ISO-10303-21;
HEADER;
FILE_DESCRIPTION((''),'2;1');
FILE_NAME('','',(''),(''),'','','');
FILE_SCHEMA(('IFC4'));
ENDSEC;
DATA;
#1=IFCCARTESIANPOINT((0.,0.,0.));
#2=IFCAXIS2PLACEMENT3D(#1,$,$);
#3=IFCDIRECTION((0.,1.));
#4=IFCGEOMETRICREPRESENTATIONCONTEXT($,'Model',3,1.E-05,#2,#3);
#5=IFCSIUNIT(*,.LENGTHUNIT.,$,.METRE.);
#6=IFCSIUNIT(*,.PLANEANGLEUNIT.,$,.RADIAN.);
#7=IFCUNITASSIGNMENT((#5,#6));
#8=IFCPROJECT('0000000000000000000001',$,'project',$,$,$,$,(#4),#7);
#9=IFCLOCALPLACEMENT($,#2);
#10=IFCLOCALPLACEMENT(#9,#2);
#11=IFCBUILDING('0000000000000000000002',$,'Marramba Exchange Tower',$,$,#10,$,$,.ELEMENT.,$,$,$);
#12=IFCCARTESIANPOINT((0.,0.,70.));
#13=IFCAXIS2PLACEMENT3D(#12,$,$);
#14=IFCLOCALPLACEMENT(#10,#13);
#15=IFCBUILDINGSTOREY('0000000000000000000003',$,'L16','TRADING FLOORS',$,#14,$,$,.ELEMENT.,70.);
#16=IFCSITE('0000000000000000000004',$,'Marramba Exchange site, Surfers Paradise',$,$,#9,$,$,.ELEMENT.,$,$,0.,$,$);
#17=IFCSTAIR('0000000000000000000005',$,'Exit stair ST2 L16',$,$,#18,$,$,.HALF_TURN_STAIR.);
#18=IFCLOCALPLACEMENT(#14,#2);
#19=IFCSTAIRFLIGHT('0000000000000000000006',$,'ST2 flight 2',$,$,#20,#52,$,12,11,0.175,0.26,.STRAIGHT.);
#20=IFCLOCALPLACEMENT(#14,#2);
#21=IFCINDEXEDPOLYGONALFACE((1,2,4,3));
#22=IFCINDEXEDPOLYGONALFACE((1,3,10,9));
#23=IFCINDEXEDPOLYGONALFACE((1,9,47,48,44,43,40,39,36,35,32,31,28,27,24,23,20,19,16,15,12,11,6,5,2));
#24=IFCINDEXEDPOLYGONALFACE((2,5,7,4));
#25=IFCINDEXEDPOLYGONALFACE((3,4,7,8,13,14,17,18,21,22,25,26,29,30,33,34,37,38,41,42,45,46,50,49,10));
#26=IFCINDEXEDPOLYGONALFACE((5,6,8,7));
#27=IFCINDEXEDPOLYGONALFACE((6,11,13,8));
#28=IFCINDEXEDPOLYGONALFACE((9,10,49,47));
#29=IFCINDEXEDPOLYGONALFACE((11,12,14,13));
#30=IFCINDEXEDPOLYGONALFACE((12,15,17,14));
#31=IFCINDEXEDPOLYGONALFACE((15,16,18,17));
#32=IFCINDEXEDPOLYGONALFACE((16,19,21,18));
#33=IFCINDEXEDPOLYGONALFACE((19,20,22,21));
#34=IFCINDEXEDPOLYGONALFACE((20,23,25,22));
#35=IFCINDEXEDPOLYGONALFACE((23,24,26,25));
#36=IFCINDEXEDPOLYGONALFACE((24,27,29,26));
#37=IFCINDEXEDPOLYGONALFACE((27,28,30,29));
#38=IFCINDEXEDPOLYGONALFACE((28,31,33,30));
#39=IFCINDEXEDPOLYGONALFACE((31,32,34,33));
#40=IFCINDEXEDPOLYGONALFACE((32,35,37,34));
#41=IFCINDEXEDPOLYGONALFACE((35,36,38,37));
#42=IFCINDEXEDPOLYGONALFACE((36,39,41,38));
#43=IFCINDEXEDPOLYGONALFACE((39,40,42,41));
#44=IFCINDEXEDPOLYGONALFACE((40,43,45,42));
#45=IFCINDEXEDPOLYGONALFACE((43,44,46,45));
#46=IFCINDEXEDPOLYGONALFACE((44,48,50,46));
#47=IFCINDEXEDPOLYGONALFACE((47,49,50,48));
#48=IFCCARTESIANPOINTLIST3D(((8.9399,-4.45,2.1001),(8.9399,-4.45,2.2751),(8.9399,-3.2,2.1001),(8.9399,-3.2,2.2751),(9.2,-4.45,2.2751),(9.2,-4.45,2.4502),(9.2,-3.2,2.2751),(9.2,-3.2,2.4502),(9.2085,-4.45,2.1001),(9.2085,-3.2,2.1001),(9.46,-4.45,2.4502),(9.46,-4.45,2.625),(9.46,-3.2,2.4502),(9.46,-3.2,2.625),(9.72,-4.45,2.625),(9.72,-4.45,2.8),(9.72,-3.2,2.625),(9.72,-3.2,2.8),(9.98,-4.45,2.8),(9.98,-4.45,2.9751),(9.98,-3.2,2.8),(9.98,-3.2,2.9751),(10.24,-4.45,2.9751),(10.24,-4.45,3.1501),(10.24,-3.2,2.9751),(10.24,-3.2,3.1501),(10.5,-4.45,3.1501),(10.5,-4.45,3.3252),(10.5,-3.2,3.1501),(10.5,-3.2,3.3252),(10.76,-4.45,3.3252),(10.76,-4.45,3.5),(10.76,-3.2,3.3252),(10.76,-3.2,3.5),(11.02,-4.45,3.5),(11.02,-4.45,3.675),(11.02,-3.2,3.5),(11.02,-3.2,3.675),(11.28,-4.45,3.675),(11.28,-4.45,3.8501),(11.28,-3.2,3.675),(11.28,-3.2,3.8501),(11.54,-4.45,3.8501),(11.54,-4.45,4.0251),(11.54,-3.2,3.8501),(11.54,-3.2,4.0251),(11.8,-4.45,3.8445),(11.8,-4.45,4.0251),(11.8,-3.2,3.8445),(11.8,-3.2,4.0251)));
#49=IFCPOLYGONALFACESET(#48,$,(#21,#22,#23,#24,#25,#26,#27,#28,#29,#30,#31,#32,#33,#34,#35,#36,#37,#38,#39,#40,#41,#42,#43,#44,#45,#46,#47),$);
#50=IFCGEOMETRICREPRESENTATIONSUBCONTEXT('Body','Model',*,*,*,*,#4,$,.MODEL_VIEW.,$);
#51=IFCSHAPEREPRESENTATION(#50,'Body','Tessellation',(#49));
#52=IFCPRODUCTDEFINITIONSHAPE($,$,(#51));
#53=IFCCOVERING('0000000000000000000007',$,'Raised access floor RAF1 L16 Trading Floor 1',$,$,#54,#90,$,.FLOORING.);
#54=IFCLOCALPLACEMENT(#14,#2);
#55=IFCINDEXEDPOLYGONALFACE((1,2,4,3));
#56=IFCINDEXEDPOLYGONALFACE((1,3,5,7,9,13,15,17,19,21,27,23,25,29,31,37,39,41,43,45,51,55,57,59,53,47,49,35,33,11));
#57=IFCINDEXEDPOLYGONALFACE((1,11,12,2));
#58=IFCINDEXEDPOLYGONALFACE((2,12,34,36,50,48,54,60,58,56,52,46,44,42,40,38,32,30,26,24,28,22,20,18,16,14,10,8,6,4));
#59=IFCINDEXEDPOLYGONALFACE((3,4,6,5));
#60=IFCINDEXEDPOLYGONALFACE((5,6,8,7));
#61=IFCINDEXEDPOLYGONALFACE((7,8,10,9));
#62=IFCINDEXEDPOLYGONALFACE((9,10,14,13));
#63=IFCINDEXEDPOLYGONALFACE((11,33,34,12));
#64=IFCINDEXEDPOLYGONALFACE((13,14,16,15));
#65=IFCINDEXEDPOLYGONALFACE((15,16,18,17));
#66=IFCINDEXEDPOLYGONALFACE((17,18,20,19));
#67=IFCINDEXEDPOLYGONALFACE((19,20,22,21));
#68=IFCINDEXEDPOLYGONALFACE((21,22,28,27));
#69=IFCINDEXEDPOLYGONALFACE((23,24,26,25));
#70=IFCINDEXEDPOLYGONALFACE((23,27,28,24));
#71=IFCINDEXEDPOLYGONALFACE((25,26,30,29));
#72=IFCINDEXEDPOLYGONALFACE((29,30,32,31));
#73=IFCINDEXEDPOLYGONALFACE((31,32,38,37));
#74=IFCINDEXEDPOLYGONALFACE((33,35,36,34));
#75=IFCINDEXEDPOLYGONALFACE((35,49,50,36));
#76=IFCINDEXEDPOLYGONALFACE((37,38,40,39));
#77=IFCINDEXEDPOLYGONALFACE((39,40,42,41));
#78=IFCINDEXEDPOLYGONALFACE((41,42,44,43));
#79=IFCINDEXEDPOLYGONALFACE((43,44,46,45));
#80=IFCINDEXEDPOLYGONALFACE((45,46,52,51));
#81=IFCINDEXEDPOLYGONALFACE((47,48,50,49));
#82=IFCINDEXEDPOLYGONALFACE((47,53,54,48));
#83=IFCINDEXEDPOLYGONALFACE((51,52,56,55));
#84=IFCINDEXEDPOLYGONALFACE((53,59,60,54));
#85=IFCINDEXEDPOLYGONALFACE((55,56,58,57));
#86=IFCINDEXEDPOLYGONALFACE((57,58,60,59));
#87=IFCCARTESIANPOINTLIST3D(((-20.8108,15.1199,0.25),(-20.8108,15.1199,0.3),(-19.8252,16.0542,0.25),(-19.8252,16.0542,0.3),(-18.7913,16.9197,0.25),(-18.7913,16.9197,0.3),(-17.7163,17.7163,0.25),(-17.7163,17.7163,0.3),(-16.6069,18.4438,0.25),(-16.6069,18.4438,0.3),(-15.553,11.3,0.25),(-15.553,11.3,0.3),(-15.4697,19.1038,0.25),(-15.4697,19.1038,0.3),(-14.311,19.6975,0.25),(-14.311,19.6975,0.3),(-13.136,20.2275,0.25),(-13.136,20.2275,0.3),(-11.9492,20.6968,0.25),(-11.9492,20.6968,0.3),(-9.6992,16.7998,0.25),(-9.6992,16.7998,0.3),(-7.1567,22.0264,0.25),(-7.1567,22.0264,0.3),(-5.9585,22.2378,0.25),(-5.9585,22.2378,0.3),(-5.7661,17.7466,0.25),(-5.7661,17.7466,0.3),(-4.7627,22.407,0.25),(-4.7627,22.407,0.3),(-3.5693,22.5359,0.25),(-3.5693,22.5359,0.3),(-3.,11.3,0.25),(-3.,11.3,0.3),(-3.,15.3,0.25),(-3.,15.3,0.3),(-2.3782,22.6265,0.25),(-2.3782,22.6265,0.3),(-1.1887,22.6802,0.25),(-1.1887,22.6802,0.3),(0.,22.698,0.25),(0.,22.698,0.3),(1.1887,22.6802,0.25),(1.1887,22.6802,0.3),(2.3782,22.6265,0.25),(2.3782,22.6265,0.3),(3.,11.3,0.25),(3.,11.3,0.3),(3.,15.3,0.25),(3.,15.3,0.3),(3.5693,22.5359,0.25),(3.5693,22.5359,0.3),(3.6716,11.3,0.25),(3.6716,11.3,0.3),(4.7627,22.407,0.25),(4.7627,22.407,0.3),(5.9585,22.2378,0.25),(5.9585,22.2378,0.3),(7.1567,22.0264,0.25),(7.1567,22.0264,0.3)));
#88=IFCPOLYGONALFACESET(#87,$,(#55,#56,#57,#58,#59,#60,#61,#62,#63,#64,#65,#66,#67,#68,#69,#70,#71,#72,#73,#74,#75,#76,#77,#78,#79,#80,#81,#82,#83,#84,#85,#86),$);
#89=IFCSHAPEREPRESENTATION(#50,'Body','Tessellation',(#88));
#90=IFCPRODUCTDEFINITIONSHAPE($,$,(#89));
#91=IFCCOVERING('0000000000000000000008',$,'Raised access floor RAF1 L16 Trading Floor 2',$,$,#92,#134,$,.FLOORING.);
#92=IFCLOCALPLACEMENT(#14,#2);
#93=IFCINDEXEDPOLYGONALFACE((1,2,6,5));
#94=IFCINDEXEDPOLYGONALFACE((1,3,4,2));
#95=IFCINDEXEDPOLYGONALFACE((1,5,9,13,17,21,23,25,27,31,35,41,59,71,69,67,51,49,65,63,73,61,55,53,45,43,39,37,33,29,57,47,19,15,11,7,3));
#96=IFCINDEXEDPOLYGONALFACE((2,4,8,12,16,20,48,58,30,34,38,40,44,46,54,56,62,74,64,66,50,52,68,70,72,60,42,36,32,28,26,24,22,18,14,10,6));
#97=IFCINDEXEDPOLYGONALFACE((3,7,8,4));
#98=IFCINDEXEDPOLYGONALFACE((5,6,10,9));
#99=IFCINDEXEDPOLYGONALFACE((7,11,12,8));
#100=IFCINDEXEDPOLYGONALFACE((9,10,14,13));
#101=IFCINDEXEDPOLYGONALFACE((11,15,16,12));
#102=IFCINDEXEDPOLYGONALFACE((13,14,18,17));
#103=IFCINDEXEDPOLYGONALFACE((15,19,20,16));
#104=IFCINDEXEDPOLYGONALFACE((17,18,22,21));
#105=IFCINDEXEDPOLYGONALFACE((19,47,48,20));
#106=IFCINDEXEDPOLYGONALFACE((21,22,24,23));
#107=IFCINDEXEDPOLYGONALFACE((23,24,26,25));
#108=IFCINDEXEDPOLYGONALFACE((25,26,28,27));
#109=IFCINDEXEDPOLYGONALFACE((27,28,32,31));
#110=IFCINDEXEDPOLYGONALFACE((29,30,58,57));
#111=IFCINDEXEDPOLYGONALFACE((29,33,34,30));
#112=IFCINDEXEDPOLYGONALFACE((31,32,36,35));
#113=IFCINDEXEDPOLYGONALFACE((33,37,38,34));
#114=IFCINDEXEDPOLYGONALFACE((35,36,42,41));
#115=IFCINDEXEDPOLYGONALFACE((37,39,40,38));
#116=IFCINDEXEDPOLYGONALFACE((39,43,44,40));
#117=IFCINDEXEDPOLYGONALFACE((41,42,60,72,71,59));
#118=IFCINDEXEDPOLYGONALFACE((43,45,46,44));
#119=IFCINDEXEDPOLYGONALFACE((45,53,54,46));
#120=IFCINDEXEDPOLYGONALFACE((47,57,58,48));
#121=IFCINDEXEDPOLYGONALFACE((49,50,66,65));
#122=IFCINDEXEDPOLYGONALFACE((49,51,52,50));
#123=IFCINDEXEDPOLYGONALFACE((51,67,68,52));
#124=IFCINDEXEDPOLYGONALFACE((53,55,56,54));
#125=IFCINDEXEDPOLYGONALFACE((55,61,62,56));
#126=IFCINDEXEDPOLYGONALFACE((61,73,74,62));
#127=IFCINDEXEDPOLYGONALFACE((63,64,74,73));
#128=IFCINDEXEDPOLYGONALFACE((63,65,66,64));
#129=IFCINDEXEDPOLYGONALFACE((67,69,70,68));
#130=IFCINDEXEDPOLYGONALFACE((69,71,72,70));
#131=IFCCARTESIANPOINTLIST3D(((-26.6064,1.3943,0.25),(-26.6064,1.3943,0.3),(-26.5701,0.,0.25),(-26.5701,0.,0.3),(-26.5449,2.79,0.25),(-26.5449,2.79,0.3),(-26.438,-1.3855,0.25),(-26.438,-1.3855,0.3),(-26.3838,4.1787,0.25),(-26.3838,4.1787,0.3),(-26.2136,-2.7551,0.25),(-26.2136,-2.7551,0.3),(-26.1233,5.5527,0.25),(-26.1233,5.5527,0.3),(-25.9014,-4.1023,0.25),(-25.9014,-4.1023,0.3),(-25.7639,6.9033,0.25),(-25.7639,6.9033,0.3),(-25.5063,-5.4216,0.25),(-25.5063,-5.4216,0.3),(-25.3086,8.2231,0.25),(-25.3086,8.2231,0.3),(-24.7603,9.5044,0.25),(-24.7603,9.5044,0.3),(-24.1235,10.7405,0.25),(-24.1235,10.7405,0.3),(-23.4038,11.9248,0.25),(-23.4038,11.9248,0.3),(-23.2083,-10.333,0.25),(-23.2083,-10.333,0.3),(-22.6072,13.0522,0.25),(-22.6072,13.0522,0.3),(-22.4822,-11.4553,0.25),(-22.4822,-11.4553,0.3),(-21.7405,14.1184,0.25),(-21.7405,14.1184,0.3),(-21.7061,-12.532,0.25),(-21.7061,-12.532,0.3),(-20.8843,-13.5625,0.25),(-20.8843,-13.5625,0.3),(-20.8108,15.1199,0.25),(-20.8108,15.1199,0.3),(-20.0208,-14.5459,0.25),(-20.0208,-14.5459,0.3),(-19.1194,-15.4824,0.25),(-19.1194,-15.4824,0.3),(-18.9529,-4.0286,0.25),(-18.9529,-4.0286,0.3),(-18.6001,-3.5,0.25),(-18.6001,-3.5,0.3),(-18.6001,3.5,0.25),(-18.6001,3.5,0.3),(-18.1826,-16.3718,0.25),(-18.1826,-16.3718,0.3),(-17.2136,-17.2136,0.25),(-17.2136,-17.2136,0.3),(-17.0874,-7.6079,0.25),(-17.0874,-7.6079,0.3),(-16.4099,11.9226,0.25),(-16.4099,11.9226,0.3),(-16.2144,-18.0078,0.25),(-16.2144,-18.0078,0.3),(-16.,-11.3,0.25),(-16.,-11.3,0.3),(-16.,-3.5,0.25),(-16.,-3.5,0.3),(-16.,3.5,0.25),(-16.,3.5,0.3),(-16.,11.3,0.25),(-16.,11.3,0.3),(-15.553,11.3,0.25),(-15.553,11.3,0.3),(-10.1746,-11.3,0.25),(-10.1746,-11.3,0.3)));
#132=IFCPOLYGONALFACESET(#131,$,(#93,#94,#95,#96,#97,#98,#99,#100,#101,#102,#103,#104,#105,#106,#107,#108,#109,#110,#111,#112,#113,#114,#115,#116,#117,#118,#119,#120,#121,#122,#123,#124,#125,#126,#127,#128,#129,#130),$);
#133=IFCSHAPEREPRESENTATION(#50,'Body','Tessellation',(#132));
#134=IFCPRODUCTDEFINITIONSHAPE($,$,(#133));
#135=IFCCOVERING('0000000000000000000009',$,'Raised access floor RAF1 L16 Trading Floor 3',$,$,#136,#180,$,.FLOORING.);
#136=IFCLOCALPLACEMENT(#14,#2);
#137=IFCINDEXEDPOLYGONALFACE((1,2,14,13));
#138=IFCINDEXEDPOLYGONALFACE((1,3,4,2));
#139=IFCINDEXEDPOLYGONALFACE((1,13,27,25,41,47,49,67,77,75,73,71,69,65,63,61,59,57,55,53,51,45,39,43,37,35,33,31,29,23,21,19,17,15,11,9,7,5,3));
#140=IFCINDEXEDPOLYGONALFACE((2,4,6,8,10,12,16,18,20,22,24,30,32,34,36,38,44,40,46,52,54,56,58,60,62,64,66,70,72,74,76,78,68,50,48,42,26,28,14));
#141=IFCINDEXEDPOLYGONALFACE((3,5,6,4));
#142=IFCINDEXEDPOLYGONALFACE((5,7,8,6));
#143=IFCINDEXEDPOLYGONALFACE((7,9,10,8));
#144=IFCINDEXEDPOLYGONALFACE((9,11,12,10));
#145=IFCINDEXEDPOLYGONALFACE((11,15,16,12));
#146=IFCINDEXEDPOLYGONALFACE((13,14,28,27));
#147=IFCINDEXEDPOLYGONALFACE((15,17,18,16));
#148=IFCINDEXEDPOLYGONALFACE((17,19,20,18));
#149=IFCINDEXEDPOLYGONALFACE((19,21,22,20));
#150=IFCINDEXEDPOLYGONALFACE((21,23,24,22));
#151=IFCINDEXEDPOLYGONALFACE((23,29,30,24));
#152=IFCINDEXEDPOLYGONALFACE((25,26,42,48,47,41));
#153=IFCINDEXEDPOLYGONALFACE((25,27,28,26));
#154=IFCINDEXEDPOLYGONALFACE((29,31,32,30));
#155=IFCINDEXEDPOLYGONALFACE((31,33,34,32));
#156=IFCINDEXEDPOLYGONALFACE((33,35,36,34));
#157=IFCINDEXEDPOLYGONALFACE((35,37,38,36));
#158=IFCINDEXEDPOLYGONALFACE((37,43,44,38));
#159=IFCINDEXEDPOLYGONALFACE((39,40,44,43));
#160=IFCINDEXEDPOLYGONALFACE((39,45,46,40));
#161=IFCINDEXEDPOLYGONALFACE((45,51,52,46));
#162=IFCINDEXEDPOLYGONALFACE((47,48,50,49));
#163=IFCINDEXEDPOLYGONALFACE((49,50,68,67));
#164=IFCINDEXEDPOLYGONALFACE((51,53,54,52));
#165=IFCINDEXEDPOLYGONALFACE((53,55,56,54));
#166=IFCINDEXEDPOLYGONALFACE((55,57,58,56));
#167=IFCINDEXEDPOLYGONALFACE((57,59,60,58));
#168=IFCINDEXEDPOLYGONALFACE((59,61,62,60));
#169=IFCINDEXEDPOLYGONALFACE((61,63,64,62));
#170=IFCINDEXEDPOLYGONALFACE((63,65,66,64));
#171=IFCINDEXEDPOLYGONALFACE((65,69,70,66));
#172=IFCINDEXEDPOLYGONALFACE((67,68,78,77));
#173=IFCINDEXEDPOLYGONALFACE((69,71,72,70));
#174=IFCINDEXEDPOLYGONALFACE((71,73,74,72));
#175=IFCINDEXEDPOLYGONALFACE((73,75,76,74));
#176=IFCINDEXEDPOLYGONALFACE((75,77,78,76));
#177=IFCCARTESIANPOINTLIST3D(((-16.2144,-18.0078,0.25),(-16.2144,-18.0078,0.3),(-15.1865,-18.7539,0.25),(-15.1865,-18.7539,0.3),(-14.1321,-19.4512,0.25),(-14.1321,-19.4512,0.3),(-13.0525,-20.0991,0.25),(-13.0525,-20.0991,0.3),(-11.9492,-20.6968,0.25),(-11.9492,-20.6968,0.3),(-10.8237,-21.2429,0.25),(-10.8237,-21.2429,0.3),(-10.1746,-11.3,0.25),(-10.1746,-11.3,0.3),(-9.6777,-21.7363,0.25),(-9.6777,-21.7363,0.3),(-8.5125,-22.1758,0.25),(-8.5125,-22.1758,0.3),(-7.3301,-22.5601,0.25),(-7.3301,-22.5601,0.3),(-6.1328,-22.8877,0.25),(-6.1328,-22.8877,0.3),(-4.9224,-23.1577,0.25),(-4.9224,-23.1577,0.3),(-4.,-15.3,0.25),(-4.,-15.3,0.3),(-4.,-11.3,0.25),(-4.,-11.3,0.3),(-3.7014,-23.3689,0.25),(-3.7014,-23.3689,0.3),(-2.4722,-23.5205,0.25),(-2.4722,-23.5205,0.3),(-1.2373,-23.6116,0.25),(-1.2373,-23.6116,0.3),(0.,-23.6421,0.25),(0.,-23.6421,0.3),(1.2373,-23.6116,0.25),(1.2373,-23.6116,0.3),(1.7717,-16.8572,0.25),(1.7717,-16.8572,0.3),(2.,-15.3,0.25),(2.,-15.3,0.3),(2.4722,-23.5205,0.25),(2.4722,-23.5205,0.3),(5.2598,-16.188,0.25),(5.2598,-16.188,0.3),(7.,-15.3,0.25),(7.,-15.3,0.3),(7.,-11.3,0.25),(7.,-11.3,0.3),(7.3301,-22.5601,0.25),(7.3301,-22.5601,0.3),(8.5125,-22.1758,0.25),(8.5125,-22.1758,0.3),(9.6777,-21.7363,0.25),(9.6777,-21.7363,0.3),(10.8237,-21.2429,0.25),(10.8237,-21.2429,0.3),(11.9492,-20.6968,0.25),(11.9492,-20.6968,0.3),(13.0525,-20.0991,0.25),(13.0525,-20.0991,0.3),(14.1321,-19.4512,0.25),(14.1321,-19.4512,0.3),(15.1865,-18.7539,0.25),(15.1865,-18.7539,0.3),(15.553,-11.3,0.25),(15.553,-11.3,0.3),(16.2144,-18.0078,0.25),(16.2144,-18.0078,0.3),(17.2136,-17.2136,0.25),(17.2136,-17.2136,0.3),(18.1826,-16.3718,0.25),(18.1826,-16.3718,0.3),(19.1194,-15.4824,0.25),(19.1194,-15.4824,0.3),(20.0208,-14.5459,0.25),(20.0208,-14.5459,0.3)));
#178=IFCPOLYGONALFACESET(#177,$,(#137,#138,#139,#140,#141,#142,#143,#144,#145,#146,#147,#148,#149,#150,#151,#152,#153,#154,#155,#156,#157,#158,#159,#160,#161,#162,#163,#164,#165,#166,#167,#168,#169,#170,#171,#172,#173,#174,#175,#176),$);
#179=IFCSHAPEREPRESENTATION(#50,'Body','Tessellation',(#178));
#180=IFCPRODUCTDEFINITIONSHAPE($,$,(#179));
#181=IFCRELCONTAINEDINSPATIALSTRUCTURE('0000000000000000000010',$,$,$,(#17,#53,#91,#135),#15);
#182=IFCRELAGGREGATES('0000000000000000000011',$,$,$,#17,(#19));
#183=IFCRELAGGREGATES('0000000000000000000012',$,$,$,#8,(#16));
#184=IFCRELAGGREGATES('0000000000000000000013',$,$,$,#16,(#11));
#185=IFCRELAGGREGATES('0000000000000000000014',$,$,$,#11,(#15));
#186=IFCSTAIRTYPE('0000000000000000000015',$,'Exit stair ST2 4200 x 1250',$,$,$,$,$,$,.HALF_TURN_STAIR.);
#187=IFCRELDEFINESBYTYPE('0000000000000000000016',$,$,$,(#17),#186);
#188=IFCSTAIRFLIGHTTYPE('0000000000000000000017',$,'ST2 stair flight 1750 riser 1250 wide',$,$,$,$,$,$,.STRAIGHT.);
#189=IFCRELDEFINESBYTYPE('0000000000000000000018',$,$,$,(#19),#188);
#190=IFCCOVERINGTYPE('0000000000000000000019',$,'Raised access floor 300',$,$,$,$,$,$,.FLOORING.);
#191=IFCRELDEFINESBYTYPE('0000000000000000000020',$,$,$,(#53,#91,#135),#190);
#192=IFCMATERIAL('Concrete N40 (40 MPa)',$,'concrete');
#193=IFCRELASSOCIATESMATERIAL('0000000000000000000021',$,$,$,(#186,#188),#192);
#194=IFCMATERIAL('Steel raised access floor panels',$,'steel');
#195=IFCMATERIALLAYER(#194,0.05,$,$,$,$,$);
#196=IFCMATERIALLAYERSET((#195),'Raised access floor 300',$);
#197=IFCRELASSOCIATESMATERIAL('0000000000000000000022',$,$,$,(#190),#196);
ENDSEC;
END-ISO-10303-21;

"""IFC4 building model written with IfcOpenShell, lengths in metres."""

from ifc_helpers import new_model, si_unit, direction, frame, origin, place, context, subcontext, project, spatial, polyline, outline, extrude, material, layer, layer_set, type_object, element, aggregate, save


model = new_model("IFC4")

# Units and contexts
model_context = context("Model", 3, precision=1e-05, world=origin(), true_north=direction((0.0, 1.0)))
body_context = subcontext(model_context, "Body", "Model", "MODEL_VIEW")
ifc_project = project(units=[si_unit("LENGTHUNIT", "METRE"), si_unit("PLANEANGLEUNIT", "RADIAN")], contexts=[model_context])

# Site, building, storey
site_placement = place(None, origin())
site = spatial("IfcSite", under=ifc_project, at=site_placement, Name="Marramba Exchange site, Surfers Paradise", CompositionType="ELEMENT", RefElevation=0.0)
building_placement = place(site_placement, origin())
building = spatial("IfcBuilding", under=site, at=building_placement, Name="Marramba Exchange Tower", CompositionType="ELEMENT")
storey_placement = place(building_placement, frame((0.0, 0.0, 70.0)))
storey = spatial("IfcBuildingStorey", under=building, at=storey_placement, Name="L16", Description="TRADING FLOORS", CompositionType="ELEMENT", Elevation=70.0)

# Stair
ifc_material_1 = material(Name="Concrete N40 (40 MPa)", Category="concrete")
stair_type = type_object("IfcStairType", Name="Exit stair ST2 4200 x 1250", PredefinedType="HALF_TURN_STAIR", material=ifc_material_1)
stair_placement = place(storey_placement, origin())
stair = element("IfcStair", 1, at=stair_placement, inside=storey, type_object=stair_type, Name="Exit stair ST2 L16", PredefinedType="HALF_TURN_STAIR")

# Stair flight
stair_flight_type = type_object("IfcStairFlightType", Name="ST2 stair flight 1750 riser 1250 wide", PredefinedType="STRAIGHT", material=ifc_material_1)
stair_flight_placement = place(storey_placement, frame((8.9399, -3.825, 2.1001), z_axis=(0.0, 0.0, 1.0), x_axis=(1.0, 0.0, 0.0)))
stair_flight = element("IfcStairFlight", 2, at=stair_flight_placement, type_object=stair_flight_type, Name="ST2 flight 2", NumberOfRisers=12, NumberOfTreads=11, PredefinedType="STRAIGHT", RiserHeight=0.175, TreadLength=0.26, context=body_context, shape_type="SweptSolid", body=[
    extrude(outline(polyline([(0.0, 0.0), (0.0, 0.175), (0.26, 0.175), (0.26, 0.3501), (0.52, 0.3501), (0.52, 0.5249), (0.78, 0.5249), (0.78, 0.7), (1.04, 0.7), (1.04, 0.875), (1.3, 0.875), (1.3, 1.05), (1.5601, 1.05), (1.5601, 1.2251), (1.8201, 1.2251), (1.8201, 1.3999), (2.0801, 1.3999), (2.0801, 1.575), (2.3401, 1.575), (2.3401, 1.75), (2.6001, 1.75), (2.6001, 1.925), (2.8601, 1.925), (2.8601, 2.1001), (2.8601, 1.7444), (0.2686, 0.0), (0.0, 0.0)])), frame((0.0, 0.625, 0.0), z_axis=(0.0, -1.0, 0.0), x_axis=(1.0, 0.0, 0.0)), (0.0, 0.0, 1.0), 1.25),
])
aggregate(stair, [stair_flight])

# Coverings
ifc_material_2 = material(Name="Steel raised access floor panels", Category="steel")
ifc_layer_1 = layer(ifc_material_2, 0.05)
ifc_layer_set_1 = layer_set([ifc_layer_1], Name="Raised access floor 300")
covering_type_1 = type_object("IfcCoveringType", Name="Raised access floor 300", PredefinedType="FLOORING", material=ifc_layer_set_1)
covering_1_placement = place(storey_placement, frame((0.0, 0.0, 0.25)))
element("IfcCovering", 3, at=covering_1_placement, inside=storey, type_object=covering_type_1, Name="Raised access floor RAF1 L16 Trading Floor 1", PredefinedType="FLOORING", context=body_context, shape_type="SweptSolid", body=[
    extrude(outline(polyline([(-20.8108, 15.1199), (-19.8252, 16.0542), (-18.7913, 16.9197), (-17.7163, 17.7163), (-16.6069, 18.4438), (-15.4697, 19.1038), (-14.311, 19.6975), (-13.136, 20.2275), (-11.9492, 20.6968), (-9.6992, 16.7998), (-5.7661, 17.7466), (-7.1567, 22.0264), (-5.9585, 22.2378), (-4.7627, 22.407), (-3.5693, 22.5359), (-2.3782, 22.6265), (-1.1887, 22.6802), (0.0, 22.698), (1.1887, 22.6802), (2.3782, 22.6265), (3.5693, 22.5359), (4.7627, 22.407), (5.9585, 22.2378), (7.1567, 22.0264), (3.6716, 11.3), (3.0, 11.3), (3.0, 15.3), (-3.0, 15.3), (-3.0, 11.3), (-15.553, 11.3), (-20.8108, 15.1199)])), origin(), (0.0, 0.0, 1.0), 0.05),
])
covering_2_placement = place(storey_placement, frame((0.0, 0.0, 0.25)))
element("IfcCovering", 4, at=covering_2_placement, inside=storey, type_object=covering_type_1, Name="Raised access floor RAF1 L16 Trading Floor 2", PredefinedType="FLOORING", context=body_context, shape_type="SweptSolid", body=[
    extrude(outline(polyline([(-16.0, 3.5), (-18.6001, 3.5), (-18.6001, -3.5), (-16.0, -3.5), (-16.0, -11.3), (-10.1746, -11.3), (-16.2144, -18.0078), (-17.2136, -17.2136), (-18.1826, -16.3718), (-19.1194, -15.4824), (-20.0208, -14.5459), (-20.8843, -13.5625), (-21.7061, -12.532), (-22.4822, -11.4553), (-23.2083, -10.333), (-17.0874, -7.6079), (-18.9529, -4.0286), (-25.5063, -5.4216), (-25.9014, -4.1023), (-26.2136, -2.7551), (-26.438, -1.3855), (-26.5701, 0.0), (-26.6064, 1.3943), (-26.5449, 2.79), (-26.3838, 4.1787), (-26.1233, 5.5527), (-25.7639, 6.9033), (-25.3086, 8.2231), (-24.7603, 9.5044), (-24.1235, 10.7405), (-23.4038, 11.9248), (-22.6072, 13.0522), (-21.7405, 14.1184), (-20.8108, 15.1199), (-16.4099, 11.9226), (-15.553, 11.3), (-16.0, 11.3), (-16.0, 3.5)])), origin(), (0.0, 0.0, 1.0), 0.05),
])
covering_3_placement = place(storey_placement, frame((0.0, 0.0, 0.25)))
element("IfcCovering", 5, at=covering_3_placement, inside=storey, type_object=covering_type_1, Name="Raised access floor RAF1 L16 Trading Floor 3", PredefinedType="FLOORING", context=body_context, shape_type="SweptSolid", body=[
    extrude(outline(polyline([(20.0208, -14.5459), (19.1194, -15.4824), (18.1826, -16.3718), (17.2136, -17.2136), (16.2144, -18.0078), (15.1865, -18.7539), (14.1321, -19.4512), (13.0525, -20.0991), (11.9492, -20.6968), (10.8237, -21.2429), (9.6777, -21.7363), (8.5125, -22.1758), (7.3301, -22.5601), (5.2598, -16.188), (1.7717, -16.8572), (2.4722, -23.5205), (1.2373, -23.6116), (0.0, -23.6421), (-1.2373, -23.6116), (-2.4722, -23.5205), (-3.7014, -23.3689), (-4.9224, -23.1577), (-6.1328, -22.8877), (-7.3301, -22.5601), (-8.5125, -22.1758), (-9.6777, -21.7363), (-10.8237, -21.2429), (-11.9492, -20.6968), (-13.0525, -20.0991), (-14.1321, -19.4512), (-15.1865, -18.7539), (-16.2144, -18.0078), (-10.1746, -11.3), (-4.0, -11.3), (-4.0, -15.3), (2.0, -15.3), (7.0, -15.3), (7.0, -11.3), (15.553, -11.3), (20.0208, -14.5459)])), origin(), (0.0, 0.0, 1.0), 0.05),
])

save(model, "model.ifc")
